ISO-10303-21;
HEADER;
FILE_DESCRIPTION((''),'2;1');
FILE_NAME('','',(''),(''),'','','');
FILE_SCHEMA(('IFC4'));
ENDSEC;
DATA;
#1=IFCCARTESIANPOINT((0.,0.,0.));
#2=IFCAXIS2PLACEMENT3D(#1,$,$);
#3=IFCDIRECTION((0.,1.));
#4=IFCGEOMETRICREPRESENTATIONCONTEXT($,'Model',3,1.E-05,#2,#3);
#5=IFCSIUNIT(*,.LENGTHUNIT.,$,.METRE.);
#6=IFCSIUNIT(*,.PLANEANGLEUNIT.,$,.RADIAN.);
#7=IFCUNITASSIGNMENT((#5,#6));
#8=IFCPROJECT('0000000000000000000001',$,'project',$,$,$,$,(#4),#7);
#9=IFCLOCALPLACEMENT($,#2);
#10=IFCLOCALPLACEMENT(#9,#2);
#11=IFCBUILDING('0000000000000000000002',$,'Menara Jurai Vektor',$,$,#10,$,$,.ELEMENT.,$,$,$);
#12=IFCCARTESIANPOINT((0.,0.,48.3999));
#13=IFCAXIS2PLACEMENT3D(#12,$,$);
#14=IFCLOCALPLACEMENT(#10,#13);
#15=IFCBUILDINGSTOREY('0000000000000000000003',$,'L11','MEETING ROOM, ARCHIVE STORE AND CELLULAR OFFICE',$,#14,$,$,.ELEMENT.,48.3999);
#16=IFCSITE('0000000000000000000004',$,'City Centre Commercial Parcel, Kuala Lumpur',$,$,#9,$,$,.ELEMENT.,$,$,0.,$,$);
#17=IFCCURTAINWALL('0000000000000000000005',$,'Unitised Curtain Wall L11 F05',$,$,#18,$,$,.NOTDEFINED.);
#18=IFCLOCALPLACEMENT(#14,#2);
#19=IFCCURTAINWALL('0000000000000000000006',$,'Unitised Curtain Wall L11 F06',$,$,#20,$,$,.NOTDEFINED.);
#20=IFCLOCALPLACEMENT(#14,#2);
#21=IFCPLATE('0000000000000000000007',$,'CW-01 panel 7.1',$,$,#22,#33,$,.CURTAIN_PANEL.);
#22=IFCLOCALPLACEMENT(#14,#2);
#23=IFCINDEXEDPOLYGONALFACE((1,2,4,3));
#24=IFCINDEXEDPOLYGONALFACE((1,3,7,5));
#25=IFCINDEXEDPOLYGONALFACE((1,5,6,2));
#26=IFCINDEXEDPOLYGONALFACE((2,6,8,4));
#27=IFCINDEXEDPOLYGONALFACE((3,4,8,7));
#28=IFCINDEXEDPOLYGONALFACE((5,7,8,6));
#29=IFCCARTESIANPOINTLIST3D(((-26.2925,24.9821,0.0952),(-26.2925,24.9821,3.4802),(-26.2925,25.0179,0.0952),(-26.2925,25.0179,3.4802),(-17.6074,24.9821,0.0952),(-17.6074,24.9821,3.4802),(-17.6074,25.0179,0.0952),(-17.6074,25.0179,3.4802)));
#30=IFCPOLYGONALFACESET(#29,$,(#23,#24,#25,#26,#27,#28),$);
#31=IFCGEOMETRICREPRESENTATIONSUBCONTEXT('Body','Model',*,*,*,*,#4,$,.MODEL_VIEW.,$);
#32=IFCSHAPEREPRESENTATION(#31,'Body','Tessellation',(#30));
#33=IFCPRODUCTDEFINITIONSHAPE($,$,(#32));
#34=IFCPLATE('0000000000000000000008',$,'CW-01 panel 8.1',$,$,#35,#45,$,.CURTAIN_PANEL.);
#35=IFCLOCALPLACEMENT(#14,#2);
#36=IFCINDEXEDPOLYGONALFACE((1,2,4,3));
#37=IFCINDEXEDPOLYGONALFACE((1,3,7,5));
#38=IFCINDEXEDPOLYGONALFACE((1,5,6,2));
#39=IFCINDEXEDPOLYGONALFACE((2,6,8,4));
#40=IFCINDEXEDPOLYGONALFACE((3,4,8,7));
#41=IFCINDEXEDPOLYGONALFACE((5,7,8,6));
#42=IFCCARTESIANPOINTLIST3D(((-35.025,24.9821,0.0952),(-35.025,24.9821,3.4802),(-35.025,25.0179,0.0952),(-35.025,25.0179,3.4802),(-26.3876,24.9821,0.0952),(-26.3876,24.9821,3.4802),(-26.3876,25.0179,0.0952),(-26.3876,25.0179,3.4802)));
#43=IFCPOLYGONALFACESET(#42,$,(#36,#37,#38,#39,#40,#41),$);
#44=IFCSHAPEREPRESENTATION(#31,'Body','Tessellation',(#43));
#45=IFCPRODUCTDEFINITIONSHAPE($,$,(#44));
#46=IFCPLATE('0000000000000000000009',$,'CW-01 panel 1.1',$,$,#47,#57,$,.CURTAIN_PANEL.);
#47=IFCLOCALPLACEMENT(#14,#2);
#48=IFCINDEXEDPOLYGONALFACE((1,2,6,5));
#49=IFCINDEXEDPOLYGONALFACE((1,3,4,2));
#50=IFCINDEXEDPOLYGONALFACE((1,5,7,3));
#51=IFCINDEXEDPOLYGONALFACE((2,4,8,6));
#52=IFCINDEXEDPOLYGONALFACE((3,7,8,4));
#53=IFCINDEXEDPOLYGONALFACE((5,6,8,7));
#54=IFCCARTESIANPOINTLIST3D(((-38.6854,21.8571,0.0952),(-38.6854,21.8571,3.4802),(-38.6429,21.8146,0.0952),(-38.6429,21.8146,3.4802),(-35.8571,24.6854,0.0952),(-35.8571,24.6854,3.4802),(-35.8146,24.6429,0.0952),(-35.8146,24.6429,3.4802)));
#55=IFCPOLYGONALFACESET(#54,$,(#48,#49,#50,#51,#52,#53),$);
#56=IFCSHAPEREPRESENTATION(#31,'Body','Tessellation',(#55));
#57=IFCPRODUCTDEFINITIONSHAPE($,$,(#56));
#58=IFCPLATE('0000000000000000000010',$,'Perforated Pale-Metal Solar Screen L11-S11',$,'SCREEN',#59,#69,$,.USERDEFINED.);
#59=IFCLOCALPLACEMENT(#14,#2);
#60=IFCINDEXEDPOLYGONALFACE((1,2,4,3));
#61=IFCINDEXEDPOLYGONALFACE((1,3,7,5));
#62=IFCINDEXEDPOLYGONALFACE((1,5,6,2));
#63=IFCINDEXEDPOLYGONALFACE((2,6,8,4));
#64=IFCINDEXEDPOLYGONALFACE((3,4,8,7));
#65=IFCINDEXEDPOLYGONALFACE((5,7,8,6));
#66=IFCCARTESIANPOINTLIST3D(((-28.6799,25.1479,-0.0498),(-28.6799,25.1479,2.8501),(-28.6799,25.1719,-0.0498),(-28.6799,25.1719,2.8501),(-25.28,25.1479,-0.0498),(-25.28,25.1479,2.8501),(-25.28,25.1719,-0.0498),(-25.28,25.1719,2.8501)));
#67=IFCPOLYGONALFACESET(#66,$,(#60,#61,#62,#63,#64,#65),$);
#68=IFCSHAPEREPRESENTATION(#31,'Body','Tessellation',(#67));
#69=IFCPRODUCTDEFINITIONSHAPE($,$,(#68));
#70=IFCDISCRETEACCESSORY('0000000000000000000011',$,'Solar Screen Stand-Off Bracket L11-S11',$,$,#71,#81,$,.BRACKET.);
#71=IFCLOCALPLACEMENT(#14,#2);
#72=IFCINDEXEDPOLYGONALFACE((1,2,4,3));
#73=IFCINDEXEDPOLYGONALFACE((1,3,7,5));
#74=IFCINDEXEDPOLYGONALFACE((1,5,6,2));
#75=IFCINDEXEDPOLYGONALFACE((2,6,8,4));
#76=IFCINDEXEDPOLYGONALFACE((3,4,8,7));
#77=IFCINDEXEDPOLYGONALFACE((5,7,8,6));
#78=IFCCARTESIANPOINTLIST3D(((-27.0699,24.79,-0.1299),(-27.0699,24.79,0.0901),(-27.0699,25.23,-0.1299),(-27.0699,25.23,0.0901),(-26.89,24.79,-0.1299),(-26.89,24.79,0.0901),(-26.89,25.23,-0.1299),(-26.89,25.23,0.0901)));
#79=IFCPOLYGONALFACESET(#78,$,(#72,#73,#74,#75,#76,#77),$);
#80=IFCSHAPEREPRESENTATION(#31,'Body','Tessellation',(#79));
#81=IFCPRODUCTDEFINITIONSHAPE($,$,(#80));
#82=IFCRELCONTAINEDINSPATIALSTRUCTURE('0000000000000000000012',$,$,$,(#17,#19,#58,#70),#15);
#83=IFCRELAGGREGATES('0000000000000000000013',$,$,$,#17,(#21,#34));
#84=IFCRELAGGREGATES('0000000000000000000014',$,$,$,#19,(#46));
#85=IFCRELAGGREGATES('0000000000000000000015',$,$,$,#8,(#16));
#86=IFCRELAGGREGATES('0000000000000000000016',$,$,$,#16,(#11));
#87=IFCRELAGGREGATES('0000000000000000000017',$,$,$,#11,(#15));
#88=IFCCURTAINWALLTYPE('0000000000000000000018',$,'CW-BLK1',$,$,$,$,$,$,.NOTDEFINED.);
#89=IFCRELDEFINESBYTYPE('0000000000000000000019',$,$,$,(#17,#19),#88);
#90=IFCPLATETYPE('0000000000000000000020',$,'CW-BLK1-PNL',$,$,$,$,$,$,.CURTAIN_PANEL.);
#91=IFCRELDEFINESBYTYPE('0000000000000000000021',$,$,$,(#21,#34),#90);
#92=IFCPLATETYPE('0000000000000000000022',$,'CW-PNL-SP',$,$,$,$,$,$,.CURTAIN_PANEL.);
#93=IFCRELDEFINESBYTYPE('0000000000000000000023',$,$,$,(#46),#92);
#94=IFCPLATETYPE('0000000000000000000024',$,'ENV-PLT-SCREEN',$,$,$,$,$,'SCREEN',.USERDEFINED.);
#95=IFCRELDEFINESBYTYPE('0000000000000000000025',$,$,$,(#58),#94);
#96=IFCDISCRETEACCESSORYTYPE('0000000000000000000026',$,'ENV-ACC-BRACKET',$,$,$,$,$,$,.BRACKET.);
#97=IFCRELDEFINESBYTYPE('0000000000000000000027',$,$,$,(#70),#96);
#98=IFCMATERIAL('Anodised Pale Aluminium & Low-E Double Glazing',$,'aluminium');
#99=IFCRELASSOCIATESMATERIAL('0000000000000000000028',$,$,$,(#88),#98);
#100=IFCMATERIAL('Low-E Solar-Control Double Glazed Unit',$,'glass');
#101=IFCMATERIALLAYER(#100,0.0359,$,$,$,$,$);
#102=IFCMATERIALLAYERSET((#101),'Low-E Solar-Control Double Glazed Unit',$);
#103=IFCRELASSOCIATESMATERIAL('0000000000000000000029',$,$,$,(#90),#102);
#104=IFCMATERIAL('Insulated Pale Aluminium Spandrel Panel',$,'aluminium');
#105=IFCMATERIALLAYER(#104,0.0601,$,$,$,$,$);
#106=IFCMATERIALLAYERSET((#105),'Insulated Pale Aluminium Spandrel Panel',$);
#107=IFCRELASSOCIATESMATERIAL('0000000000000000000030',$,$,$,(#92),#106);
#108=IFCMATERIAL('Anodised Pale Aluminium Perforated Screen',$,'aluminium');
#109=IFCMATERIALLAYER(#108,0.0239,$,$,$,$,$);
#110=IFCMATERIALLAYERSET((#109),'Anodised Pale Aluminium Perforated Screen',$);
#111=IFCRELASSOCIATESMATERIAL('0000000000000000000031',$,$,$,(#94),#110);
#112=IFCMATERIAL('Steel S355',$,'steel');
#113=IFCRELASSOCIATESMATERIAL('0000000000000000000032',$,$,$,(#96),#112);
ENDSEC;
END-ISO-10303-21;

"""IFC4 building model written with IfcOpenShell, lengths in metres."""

from ifc_helpers import new_model, si_unit, direction, frame, origin, origin_2d, place, context, subcontext, project, spatial, rectangle, extrude, material, layer, layer_set, type_object, element, aggregate, save


model = new_model("IFC4")

# Units and contexts
model_context = context("Model", 3, precision=1e-05, world=origin(), true_north=direction((0.0, 1.0)))
body_context = subcontext(model_context, "Body", "Model", "MODEL_VIEW")
ifc_project = project(units=[si_unit("LENGTHUNIT", "METRE"), si_unit("PLANEANGLEUNIT", "RADIAN")], contexts=[model_context])

# Site, building, storey
site_placement = place(None, origin())
site = spatial("IfcSite", under=ifc_project, at=site_placement, Name="City Centre Commercial Parcel, Kuala Lumpur", CompositionType="ELEMENT", RefElevation=0.0)
building_placement = place(site_placement, origin())
building = spatial("IfcBuilding", under=site, at=building_placement, Name="Menara Jurai Vektor", CompositionType="ELEMENT")
storey_placement = place(building_placement, frame((0.0, 0.0, 48.3999)))
storey = spatial("IfcBuildingStorey", under=building, at=storey_placement, Name="L11", Description="MEETING ROOM, ARCHIVE STORE AND CELLULAR OFFICE", CompositionType="ELEMENT", Elevation=48.3999)

# Curtain walls
ifc_material_1 = material(Name="Anodised Pale Aluminium & Low-E Double Glazing", Category="aluminium")
curtain_wall_type = type_object("IfcCurtainWallType", Name="CW-BLK1", PredefinedType="NOTDEFINED", material=ifc_material_1)
curtain_wall_1_placement = place(storey_placement, origin())
curtain_wall_1 = element("IfcCurtainWall", 1, at=curtain_wall_1_placement, inside=storey, type_object=curtain_wall_type, Name="Unitised Curtain Wall L11 F05", PredefinedType="NOTDEFINED")
curtain_wall_2_placement = place(storey_placement, origin())
curtain_wall_2 = element("IfcCurtainWall", 2, at=curtain_wall_2_placement, inside=storey, type_object=curtain_wall_type, Name="Unitised Curtain Wall L11 F06", PredefinedType="NOTDEFINED")

# Shared definitions
ifc_material_2 = material(Name="Steel S355", Category="steel")

# Plates
ifc_material_3 = material(Name="Low-E Solar-Control Double Glazed Unit", Category="glass")
ifc_layer_1 = layer(ifc_material_3, 0.0359)
ifc_layer_set_1 = layer_set([ifc_layer_1], Name="Low-E Solar-Control Double Glazed Unit")
plate_type_1 = type_object("IfcPlateType", Name="CW-BLK1-PNL", PredefinedType="CURTAIN_PANEL", material=ifc_layer_set_1)
plate_1_placement = place(storey_placement, frame((-21.95, 25.0, 0.0952), z_axis=(0.0, 0.0, 1.0), x_axis=(-1.0, 0.0, 0.0)))
plate_1 = element("IfcPlate", 3, at=plate_1_placement, type_object=plate_type_1, Name="CW-01 panel 7.1", PredefinedType="CURTAIN_PANEL", context=body_context, shape_type="SweptSolid", body=[
    extrude(rectangle(XDim=8.6851, YDim=0.0359, at=origin_2d()), origin(), (0.0, 0.0, 1.0), 3.385),
])
plate_2_placement = place(storey_placement, frame((-30.7063, 25.0, 0.0952), z_axis=(0.0, 0.0, 1.0), x_axis=(-1.0, 0.0, 0.0)))
plate_2 = element("IfcPlate", 4, at=plate_2_placement, type_object=plate_type_1, Name="CW-01 panel 8.1", PredefinedType="CURTAIN_PANEL", context=body_context, shape_type="SweptSolid", body=[
    extrude(rectangle(XDim=8.6375, YDim=0.0359, at=origin_2d()), origin(), (0.0, 0.0, 1.0), 3.385),
])
aggregate(curtain_wall_1, [plate_1, plate_2])
ifc_material_4 = material(Name="Insulated Pale Aluminium Spandrel Panel", Category="aluminium")
ifc_layer_2 = layer(ifc_material_4, 0.0601)
ifc_layer_set_2 = layer_set([ifc_layer_2], Name="Insulated Pale Aluminium Spandrel Panel")
plate_type_2 = type_object("IfcPlateType", Name="CW-PNL-SP", PredefinedType="CURTAIN_PANEL", material=ifc_layer_set_2)
plate_3_placement = place(storey_placement, frame((-37.25, 23.25, 0.0952), z_axis=(0.0, 0.0, 1.0), x_axis=(-0.707107, -0.707107, 0.0)))
plate_3 = element("IfcPlate", 5, at=plate_3_placement, type_object=plate_type_2, Name="CW-01 panel 1.1", PredefinedType="CURTAIN_PANEL", context=body_context, shape_type="SweptSolid", body=[
    extrude(rectangle(XDim=3.9998, YDim=0.0601, at=origin_2d()), origin(), (0.0, 0.0, 1.0), 3.385),
])
aggregate(curtain_wall_2, [plate_3])
ifc_material_5 = material(Name="Anodised Pale Aluminium Perforated Screen", Category="aluminium")
ifc_layer_3 = layer(ifc_material_5, 0.0239)
ifc_layer_set_3 = layer_set([ifc_layer_3], Name="Anodised Pale Aluminium Perforated Screen")
plate_type_3 = type_object("IfcPlateType", Name="ENV-PLT-SCREEN", ElementType="SCREEN", PredefinedType="USERDEFINED", material=ifc_layer_set_3)
plate_4_placement = place(storey_placement, frame((-26.98, 25.1599, -0.0498), z_axis=(0.0, 0.0, 1.0), x_axis=(-1.0, 0.0, 0.0)))
element("IfcPlate", 6, at=plate_4_placement, inside=storey, type_object=plate_type_3, Name="Perforated Pale-Metal Solar Screen L11-S11", ObjectType="SCREEN", PredefinedType="USERDEFINED", context=body_context, shape_type="SweptSolid", body=[
    extrude(rectangle(XDim=3.3999, YDim=0.0239, at=origin_2d()), origin(), (0.0, 0.0, 1.0), 2.8999),
])

# Discrete accessory
discrete_accessory_type = type_object("IfcDiscreteAccessoryType", Name="ENV-ACC-BRACKET", PredefinedType="BRACKET", material=ifc_material_2)
discrete_accessory_placement = place(storey_placement, frame((-26.98, 25.01, -0.1299), z_axis=(0.0, 0.0, 1.0), x_axis=(-1.0, 0.0, 0.0)))
element("IfcDiscreteAccessory", 7, at=discrete_accessory_placement, inside=storey, type_object=discrete_accessory_type, Name="Solar Screen Stand-Off Bracket L11-S11", PredefinedType="BRACKET", context=body_context, shape_type="SweptSolid", body=[
    extrude(rectangle(XDim=0.1799, YDim=0.4399, at=origin_2d()), origin(), (0.0, 0.0, 1.0), 0.22),
])

save(model, "model.ifc")
